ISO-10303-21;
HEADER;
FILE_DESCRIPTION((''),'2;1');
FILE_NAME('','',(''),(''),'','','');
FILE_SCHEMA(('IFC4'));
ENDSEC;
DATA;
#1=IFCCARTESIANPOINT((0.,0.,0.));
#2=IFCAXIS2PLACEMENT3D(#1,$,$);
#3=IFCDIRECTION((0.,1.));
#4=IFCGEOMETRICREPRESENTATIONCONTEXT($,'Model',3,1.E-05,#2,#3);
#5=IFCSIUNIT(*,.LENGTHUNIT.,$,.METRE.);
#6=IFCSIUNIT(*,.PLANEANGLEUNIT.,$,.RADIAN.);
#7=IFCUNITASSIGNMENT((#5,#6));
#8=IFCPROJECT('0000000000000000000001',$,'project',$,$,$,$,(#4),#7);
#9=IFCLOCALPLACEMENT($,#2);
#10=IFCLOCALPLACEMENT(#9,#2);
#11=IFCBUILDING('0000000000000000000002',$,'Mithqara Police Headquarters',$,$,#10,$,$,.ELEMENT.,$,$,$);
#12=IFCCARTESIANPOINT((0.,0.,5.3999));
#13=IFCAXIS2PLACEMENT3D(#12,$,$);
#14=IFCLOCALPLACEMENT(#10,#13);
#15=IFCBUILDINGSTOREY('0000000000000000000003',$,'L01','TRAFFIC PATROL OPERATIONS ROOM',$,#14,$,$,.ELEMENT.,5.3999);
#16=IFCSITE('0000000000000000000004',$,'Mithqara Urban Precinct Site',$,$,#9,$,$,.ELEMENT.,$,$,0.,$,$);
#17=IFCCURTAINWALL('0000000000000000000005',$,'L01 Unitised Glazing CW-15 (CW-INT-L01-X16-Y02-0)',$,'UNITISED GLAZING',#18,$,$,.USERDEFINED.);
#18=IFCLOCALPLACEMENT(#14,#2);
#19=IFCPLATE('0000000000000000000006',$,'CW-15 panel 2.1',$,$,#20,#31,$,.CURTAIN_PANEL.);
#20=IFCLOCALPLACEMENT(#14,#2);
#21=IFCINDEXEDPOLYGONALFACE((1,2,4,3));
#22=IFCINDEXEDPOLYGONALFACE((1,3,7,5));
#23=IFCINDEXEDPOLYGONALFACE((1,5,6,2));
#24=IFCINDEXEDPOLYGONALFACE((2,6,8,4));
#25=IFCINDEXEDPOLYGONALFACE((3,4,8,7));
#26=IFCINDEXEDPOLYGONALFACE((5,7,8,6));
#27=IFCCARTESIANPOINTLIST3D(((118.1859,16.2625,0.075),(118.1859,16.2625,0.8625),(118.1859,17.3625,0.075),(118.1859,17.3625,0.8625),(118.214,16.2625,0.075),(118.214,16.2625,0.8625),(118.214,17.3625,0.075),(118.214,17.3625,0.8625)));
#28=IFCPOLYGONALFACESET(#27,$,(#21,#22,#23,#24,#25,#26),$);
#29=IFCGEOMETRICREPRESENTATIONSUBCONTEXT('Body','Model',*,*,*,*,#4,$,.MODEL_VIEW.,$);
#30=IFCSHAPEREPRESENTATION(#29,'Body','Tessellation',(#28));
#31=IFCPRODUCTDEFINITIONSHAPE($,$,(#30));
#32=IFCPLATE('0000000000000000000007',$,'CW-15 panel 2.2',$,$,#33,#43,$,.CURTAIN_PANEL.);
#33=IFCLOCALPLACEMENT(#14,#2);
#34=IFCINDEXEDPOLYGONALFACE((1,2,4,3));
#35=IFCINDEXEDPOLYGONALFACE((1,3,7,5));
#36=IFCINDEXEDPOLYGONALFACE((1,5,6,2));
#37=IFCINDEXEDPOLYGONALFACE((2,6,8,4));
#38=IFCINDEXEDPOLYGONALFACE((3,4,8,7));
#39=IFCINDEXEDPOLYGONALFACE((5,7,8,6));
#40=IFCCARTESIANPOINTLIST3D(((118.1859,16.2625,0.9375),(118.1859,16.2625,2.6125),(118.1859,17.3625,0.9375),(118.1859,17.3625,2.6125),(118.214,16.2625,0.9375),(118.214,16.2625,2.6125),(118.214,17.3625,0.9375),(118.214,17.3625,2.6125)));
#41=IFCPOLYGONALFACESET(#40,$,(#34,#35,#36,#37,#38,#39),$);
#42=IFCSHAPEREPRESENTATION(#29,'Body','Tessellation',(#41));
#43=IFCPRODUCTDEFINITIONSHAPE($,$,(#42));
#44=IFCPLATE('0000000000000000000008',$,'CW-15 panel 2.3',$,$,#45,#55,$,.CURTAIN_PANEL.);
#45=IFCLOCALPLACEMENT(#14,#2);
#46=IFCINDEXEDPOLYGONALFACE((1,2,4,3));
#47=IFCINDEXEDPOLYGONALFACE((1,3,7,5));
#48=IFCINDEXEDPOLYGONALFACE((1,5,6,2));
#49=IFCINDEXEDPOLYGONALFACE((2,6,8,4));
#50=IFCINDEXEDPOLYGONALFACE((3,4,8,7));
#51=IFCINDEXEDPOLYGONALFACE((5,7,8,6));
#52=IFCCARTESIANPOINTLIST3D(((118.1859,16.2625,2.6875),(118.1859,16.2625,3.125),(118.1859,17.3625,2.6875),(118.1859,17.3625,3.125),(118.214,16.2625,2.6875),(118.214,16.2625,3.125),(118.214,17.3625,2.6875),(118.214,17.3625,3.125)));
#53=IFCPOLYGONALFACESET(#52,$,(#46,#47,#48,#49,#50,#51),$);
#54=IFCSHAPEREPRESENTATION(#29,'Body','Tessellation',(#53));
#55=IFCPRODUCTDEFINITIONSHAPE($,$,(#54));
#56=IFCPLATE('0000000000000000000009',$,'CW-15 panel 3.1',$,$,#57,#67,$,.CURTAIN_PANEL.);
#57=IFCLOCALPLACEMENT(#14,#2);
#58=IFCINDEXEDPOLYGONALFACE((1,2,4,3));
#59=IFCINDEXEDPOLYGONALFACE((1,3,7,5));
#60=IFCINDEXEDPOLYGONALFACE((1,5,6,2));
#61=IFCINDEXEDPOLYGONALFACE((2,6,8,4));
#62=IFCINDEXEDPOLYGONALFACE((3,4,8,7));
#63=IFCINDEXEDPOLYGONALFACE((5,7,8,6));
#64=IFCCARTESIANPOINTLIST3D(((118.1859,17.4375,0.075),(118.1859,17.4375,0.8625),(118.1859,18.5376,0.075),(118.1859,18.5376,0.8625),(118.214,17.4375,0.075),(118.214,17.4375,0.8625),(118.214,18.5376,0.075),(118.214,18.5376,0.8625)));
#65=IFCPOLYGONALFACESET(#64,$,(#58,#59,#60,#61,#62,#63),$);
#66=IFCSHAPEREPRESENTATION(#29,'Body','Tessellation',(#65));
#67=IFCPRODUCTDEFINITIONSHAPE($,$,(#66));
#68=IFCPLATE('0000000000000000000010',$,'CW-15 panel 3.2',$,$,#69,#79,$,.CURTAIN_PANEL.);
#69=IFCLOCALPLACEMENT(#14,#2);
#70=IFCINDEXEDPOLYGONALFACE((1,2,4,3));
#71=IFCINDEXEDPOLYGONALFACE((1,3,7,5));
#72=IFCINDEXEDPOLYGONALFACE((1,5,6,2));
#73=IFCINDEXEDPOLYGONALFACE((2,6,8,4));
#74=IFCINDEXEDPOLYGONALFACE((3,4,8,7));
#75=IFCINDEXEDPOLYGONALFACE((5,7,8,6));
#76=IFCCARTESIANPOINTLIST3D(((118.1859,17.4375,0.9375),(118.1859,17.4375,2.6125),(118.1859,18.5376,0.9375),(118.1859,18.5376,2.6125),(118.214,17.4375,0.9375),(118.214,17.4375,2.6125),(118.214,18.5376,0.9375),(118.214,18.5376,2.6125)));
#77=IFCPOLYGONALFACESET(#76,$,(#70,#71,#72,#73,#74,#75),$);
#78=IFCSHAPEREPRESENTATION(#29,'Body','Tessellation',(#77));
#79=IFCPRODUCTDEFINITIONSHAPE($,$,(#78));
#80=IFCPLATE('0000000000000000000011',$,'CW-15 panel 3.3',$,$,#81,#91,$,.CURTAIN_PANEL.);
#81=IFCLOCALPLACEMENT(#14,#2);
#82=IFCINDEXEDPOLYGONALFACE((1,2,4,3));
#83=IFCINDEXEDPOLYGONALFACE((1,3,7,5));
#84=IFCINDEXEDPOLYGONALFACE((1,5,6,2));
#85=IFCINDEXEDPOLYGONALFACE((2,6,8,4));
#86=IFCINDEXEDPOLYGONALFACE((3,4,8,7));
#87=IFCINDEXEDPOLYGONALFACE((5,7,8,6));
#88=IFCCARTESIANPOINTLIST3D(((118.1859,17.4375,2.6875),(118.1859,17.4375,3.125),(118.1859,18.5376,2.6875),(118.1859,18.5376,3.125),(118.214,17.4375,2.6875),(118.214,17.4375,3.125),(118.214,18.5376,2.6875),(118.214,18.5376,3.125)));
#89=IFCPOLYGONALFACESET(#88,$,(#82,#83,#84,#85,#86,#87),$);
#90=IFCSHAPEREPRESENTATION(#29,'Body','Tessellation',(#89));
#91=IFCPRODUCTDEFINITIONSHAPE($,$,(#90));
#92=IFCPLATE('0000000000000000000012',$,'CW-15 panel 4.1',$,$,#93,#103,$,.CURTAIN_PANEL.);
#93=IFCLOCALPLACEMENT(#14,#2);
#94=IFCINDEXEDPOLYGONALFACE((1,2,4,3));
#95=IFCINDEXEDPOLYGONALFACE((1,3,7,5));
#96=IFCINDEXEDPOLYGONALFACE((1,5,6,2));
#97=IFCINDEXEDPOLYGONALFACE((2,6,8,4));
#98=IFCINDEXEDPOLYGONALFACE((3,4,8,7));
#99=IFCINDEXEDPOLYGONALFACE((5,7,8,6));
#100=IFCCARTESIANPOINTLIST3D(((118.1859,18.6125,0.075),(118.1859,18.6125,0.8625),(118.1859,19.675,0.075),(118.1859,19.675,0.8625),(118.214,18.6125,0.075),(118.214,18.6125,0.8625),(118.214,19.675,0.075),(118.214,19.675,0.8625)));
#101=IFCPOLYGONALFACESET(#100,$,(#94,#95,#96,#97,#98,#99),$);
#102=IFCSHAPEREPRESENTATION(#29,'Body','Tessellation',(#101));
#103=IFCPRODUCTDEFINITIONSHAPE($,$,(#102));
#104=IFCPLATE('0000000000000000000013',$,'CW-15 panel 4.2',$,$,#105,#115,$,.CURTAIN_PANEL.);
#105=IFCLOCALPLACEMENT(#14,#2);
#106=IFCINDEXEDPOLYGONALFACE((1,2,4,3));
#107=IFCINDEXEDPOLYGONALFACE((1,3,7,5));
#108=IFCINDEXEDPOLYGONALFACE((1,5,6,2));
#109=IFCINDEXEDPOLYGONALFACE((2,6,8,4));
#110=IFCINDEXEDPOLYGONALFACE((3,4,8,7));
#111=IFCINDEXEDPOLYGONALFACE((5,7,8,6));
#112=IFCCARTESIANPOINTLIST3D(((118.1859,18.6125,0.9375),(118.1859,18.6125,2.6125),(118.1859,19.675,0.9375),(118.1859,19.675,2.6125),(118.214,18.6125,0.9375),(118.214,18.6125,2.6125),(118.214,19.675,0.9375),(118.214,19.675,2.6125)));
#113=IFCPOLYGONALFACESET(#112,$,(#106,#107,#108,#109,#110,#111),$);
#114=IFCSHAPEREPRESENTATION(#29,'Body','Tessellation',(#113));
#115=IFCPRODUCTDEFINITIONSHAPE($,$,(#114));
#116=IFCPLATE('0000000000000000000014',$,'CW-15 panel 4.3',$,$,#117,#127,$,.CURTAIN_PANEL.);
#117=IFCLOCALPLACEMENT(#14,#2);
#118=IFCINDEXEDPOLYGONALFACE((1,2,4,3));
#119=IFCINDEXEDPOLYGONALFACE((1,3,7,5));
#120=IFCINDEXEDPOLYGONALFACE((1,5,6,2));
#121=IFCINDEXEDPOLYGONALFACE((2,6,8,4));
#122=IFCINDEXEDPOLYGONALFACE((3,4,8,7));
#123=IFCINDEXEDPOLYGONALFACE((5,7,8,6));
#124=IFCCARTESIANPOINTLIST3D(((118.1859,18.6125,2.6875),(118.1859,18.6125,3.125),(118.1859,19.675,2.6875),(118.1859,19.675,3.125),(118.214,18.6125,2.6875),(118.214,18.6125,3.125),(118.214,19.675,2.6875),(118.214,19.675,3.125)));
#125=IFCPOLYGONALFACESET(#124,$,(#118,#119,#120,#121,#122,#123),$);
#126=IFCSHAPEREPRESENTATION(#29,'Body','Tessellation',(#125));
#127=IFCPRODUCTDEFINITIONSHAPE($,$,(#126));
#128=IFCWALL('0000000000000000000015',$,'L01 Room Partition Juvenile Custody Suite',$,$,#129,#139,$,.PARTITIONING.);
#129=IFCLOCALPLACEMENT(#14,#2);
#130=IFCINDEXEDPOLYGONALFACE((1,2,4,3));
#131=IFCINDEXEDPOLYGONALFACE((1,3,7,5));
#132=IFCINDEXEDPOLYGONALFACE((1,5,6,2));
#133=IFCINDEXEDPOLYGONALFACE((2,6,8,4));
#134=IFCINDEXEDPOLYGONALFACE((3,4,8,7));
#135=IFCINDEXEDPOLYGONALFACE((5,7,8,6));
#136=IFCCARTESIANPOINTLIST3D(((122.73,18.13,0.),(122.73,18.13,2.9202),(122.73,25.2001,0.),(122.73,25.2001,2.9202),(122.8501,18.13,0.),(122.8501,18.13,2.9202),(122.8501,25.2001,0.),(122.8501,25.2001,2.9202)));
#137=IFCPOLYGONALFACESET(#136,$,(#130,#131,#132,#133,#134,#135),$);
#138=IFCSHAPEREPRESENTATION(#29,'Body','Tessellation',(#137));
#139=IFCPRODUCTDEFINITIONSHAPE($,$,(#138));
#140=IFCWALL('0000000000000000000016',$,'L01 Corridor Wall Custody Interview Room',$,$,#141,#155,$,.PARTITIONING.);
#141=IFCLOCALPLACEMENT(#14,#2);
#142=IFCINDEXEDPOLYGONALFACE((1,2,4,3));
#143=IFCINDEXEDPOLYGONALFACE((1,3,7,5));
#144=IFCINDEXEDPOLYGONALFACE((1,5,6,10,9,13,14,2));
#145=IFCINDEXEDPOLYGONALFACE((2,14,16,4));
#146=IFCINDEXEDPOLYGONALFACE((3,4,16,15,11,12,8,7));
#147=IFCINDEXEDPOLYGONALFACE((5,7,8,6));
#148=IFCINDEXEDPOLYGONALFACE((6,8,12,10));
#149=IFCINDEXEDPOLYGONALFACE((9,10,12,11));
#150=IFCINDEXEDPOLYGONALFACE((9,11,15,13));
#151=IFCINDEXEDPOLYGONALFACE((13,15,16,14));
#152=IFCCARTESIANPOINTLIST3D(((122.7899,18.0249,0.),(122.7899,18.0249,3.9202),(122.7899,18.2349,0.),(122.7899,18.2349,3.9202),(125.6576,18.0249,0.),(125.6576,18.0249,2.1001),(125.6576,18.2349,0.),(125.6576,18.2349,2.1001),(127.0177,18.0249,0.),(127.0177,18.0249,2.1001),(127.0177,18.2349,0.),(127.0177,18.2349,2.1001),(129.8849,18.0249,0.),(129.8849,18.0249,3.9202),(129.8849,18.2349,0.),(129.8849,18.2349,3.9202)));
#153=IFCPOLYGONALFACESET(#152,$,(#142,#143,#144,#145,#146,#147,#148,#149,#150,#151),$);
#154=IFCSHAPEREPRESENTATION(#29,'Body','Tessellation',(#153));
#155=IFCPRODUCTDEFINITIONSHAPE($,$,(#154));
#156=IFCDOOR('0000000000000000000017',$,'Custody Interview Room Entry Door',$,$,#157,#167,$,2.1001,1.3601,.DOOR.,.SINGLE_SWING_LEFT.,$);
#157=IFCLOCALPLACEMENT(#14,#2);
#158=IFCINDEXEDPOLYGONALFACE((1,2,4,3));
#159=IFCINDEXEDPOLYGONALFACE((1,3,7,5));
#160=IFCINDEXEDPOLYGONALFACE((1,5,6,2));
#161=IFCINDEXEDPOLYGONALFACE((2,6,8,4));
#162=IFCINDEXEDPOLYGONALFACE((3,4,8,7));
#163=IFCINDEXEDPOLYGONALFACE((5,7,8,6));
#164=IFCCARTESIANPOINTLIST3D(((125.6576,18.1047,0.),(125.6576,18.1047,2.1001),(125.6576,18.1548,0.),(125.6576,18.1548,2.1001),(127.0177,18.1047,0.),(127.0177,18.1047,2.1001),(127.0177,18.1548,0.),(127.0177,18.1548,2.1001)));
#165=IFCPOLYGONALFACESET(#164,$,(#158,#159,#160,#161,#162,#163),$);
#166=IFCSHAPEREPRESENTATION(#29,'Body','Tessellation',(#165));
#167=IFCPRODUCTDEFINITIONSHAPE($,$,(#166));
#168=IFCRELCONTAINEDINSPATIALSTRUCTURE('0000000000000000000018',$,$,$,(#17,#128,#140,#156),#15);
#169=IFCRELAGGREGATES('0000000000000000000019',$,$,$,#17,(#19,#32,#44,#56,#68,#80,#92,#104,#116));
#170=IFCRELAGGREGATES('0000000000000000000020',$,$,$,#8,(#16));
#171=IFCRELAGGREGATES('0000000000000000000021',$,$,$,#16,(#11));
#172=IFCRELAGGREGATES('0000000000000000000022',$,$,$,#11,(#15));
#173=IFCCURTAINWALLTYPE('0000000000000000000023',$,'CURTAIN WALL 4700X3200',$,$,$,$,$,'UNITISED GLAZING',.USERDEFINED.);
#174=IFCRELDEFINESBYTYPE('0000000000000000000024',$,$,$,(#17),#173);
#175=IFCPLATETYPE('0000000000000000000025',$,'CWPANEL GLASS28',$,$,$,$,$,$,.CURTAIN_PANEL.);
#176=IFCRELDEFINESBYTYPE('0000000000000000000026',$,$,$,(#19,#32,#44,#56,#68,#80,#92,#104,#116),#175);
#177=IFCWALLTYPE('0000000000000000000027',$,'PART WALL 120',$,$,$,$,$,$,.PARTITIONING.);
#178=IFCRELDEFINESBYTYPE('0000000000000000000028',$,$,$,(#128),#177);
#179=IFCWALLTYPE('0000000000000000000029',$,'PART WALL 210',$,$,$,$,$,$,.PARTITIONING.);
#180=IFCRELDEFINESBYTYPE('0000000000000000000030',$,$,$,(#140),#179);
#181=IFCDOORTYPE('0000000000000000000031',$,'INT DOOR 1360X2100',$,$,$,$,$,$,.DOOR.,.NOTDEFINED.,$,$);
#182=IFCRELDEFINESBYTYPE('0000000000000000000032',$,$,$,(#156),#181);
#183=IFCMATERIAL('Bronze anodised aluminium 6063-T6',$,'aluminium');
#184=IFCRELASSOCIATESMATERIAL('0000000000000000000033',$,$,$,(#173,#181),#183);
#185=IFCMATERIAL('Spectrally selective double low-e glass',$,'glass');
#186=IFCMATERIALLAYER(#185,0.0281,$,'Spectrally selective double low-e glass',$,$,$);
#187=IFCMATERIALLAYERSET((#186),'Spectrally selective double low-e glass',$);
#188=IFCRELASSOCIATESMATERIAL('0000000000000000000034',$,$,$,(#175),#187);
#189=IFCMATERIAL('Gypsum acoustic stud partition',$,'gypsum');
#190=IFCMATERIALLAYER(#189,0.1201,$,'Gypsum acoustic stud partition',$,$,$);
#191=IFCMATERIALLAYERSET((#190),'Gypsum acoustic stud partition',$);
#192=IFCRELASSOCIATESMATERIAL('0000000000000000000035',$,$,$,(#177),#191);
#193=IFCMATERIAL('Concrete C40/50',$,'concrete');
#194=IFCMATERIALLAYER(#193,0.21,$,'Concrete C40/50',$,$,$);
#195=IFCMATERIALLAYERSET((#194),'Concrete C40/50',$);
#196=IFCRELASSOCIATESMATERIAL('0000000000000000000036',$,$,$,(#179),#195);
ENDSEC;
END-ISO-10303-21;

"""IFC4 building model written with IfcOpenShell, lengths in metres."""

from ifc_helpers import new_model, si_unit, direction, frame, frame_2d, origin, origin_2d, place, context, subcontext, project, spatial, rectangle, extrude, material, layer, layer_set, type_object, element, fill, aggregate, save


model = new_model("IFC4")

# Units and contexts
model_context = context("Model", 3, precision=1e-05, world=origin(), true_north=direction((0.0, 1.0)))
body_context = subcontext(model_context, "Body", "Model", "MODEL_VIEW")
ifc_project = project(units=[si_unit("LENGTHUNIT", "METRE"), si_unit("PLANEANGLEUNIT", "RADIAN")], contexts=[model_context])

# Site, building, storey
site_placement = place(None, origin())
site = spatial("IfcSite", under=ifc_project, at=site_placement, Name="Mithqara Urban Precinct Site", CompositionType="ELEMENT", RefElevation=0.0)
building_placement = place(site_placement, origin())
building = spatial("IfcBuilding", under=site, at=building_placement, Name="Mithqara Police Headquarters", CompositionType="ELEMENT")
storey_placement = place(building_placement, frame((0.0, 0.0, 5.3999)))
storey = spatial("IfcBuildingStorey", under=building, at=storey_placement, Name="L01", Description="TRAFFIC PATROL OPERATIONS ROOM", CompositionType="ELEMENT", Elevation=5.3999)

# Curtain wall, plates
ifc_material_1 = material(Name="Bronze anodised aluminium 6063-T6", Category="aluminium")
curtain_wall_type = type_object("IfcCurtainWallType", Name="CURTAIN WALL 4700X3200", ElementType="UNITISED GLAZING", PredefinedType="USERDEFINED", material=ifc_material_1)
curtain_wall_placement = place(storey_placement, origin())
curtain_wall = element("IfcCurtainWall", 1, at=curtain_wall_placement, inside=storey, type_object=curtain_wall_type, Name="L01 Unitised Glazing CW-15 (CW-INT-L01-X16-Y02-0)", ObjectType="UNITISED GLAZING", PredefinedType="USERDEFINED")
ifc_material_2 = material(Name="Spectrally selective double low-e glass", Category="glass")
ifc_layer_1 = layer(ifc_material_2, 0.0281, Name="Spectrally selective double low-e glass")
ifc_layer_set_1 = layer_set([ifc_layer_1], Name="Spectrally selective double low-e glass")
plate_type = type_object("IfcPlateType", Name="CWPANEL GLASS28", PredefinedType="CURTAIN_PANEL", material=ifc_layer_set_1)
plate_1_placement = place(storey_placement, frame((118.2, 16.8125, 0.075), z_axis=(0.0, 0.0, 1.0), x_axis=(0.0, 1.0, 0.0)))
plate_1 = element("IfcPlate", 2, at=plate_1_placement, type_object=plate_type, Name="CW-15 panel 2.1", PredefinedType="CURTAIN_PANEL", context=body_context, shape_type="SweptSolid", body=[
    extrude(rectangle(XDim=1.1001, YDim=0.0281, at=origin_2d()), origin(), (0.0, 0.0, 1.0), 0.7876),
])
plate_2_placement = place(storey_placement, frame((118.2, 16.8125, 0.9375), z_axis=(0.0, 0.0, 1.0), x_axis=(0.0, 1.0, 0.0)))
plate_2 = element("IfcPlate", 3, at=plate_2_placement, type_object=plate_type, Name="CW-15 panel 2.2", PredefinedType="CURTAIN_PANEL", context=body_context, shape_type="SweptSolid", body=[
    extrude(rectangle(XDim=1.1001, YDim=0.0281, at=origin_2d()), origin(), (0.0, 0.0, 1.0), 1.675),
])
plate_3_placement = place(storey_placement, frame((118.2, 16.8125, 2.6875), z_axis=(0.0, 0.0, 1.0), x_axis=(0.0, 1.0, 0.0)))
plate_3 = element("IfcPlate", 4, at=plate_3_placement, type_object=plate_type, Name="CW-15 panel 2.3", PredefinedType="CURTAIN_PANEL", context=body_context, shape_type="SweptSolid", body=[
    extrude(rectangle(XDim=1.1001, YDim=0.0281, at=origin_2d()), origin(), (0.0, 0.0, 1.0), 0.4375),
])
plate_4_placement = place(storey_placement, frame((118.2, 17.9875, 0.075), z_axis=(0.0, 0.0, 1.0), x_axis=(0.0, 1.0, 0.0)))
plate_4 = element("IfcPlate", 5, at=plate_4_placement, type_object=plate_type, Name="CW-15 panel 3.1", PredefinedType="CURTAIN_PANEL", context=body_context, shape_type="SweptSolid", body=[
    extrude(rectangle(XDim=1.1001, YDim=0.0281, at=origin_2d()), origin(), (0.0, 0.0, 1.0), 0.7876),
])
plate_5_placement = place(storey_placement, frame((118.2, 17.9875, 0.9375), z_axis=(0.0, 0.0, 1.0), x_axis=(0.0, 1.0, 0.0)))
plate_5 = element("IfcPlate", 6, at=plate_5_placement, type_object=plate_type, Name="CW-15 panel 3.2", PredefinedType="CURTAIN_PANEL", context=body_context, shape_type="SweptSolid", body=[
    extrude(rectangle(XDim=1.1001, YDim=0.0281, at=origin_2d()), origin(), (0.0, 0.0, 1.0), 1.675),
])
plate_6_placement = place(storey_placement, frame((118.2, 17.9875, 2.6875), z_axis=(0.0, 0.0, 1.0), x_axis=(0.0, 1.0, 0.0)))
plate_6 = element("IfcPlate", 7, at=plate_6_placement, type_object=plate_type, Name="CW-15 panel 3.3", PredefinedType="CURTAIN_PANEL", context=body_context, shape_type="SweptSolid", body=[
    extrude(rectangle(XDim=1.1001, YDim=0.0281, at=origin_2d()), origin(), (0.0, 0.0, 1.0), 0.4375),
])
plate_7_placement = place(storey_placement, frame((118.2, 19.1438, 0.075), z_axis=(0.0, 0.0, 1.0), x_axis=(0.0, 1.0, 0.0)))
plate_7 = element("IfcPlate", 8, at=plate_7_placement, type_object=plate_type, Name="CW-15 panel 4.1", PredefinedType="CURTAIN_PANEL", context=body_context, shape_type="SweptSolid", body=[
    extrude(rectangle(XDim=1.0625, YDim=0.0281, at=origin_2d()), origin(), (0.0, 0.0, 1.0), 0.7876),
])
plate_8_placement = place(storey_placement, frame((118.2, 19.1438, 0.9375), z_axis=(0.0, 0.0, 1.0), x_axis=(0.0, 1.0, 0.0)))
plate_8 = element("IfcPlate", 9, at=plate_8_placement, type_object=plate_type, Name="CW-15 panel 4.2", PredefinedType="CURTAIN_PANEL", context=body_context, shape_type="SweptSolid", body=[
    extrude(rectangle(XDim=1.0625, YDim=0.0281, at=origin_2d()), origin(), (0.0, 0.0, 1.0), 1.675),
])
plate_9_placement = place(storey_placement, frame((118.2, 19.1438, 2.6875), z_axis=(0.0, 0.0, 1.0), x_axis=(0.0, 1.0, 0.0)))
plate_9 = element("IfcPlate", 10, at=plate_9_placement, type_object=plate_type, Name="CW-15 panel 4.3", PredefinedType="CURTAIN_PANEL", context=body_context, shape_type="SweptSolid", body=[
    extrude(rectangle(XDim=1.0625, YDim=0.0281, at=origin_2d()), origin(), (0.0, 0.0, 1.0), 0.4375),
])
aggregate(curtain_wall, [plate_1, plate_2, plate_3, plate_4, plate_5, plate_6, plate_7, plate_8, plate_9])

# Wall
ifc_material_3 = material(Name="Gypsum acoustic stud partition", Category="gypsum")
ifc_layer_2 = layer(ifc_material_3, 0.1201, Name="Gypsum acoustic stud partition")
ifc_layer_set_2 = layer_set([ifc_layer_2], Name="Gypsum acoustic stud partition")
wall_type_1 = type_object("IfcWallType", Name="PART WALL 120", PredefinedType="PARTITIONING", material=ifc_layer_set_2)
wall_1_placement = place(storey_placement, frame((122.79, 18.1299, 0.0), z_axis=(0.0, 0.0, 1.0), x_axis=(0.0, 1.0, 0.0)))
element("IfcWall", 11, at=wall_1_placement, inside=storey, type_object=wall_type_1, Name="L01 Room Partition Juvenile Custody Suite", PredefinedType="PARTITIONING", context=body_context, shape_type="SweptSolid", body=[
    extrude(rectangle(XDim=7.0701, YDim=0.1201, at=frame_2d((3.5352, 0.0))), origin(), (0.0, 0.0, 1.0), 2.9202),
])

# Wall, opening, door
ifc_material_4 = material(Name="Concrete C40/50", Category="concrete")
ifc_layer_3 = layer(ifc_material_4, 0.21, Name="Concrete C40/50")
ifc_layer_set_3 = layer_set([ifc_layer_3], Name="Concrete C40/50")
wall_type_2 = type_object("IfcWallType", Name="PART WALL 210", PredefinedType="PARTITIONING", material=ifc_layer_set_3)
wall_2_placement = place(storey_placement, frame((122.79, 18.1299, 0.0), z_axis=(0.0, 0.0, 1.0), x_axis=(1.0, 0.0, 0.0)))
wall_2 = element("IfcWall", 12, at=wall_2_placement, inside=storey, type_object=wall_type_2, Name="L01 Corridor Wall Custody Interview Room", PredefinedType="PARTITIONING", context=body_context, shape_type="SweptSolid", body=[
    extrude(rectangle(XDim=7.095, YDim=0.21, at=frame_2d((3.5474, 0.0))), origin(), (0.0, 0.0, 1.0), 3.9202),
])
opening_placement = place(wall_2_placement, frame((2.8674, 0.0, 0.0)))
opening = element("IfcOpeningElement", 13, at=opening_placement, cuts=wall_2, PredefinedType="OPENING", context=body_context, shape_type="SweptSolid", body=[
    extrude(rectangle(XDim=1.3601, YDim=2.1001, at=frame_2d((0.6802, 1.05))), frame((0.0, 0.115, 0.0), z_axis=(0.0, -1.0, 0.0), x_axis=(1.0, 0.0, 0.0)), (0.0, 0.0, 1.0), 0.23),
])
door_type = type_object("IfcDoorType", Name="INT DOOR 1360X2100", OperationType="NOTDEFINED", PredefinedType="DOOR", material=ifc_material_1)
door_placement = place(opening_placement, origin())
door = element("IfcDoor", 14, at=door_placement, inside=storey, type_object=door_type, Name="Custody Interview Room Entry Door", OperationType="SINGLE_SWING_LEFT", OverallHeight=2.1001, OverallWidth=1.3601, PredefinedType="DOOR", context=body_context, shape_type="SweptSolid", body=[
    extrude(rectangle(XDim=1.3601, YDim=2.1001, at=frame_2d((0.6802, 1.05))), frame((0.0, 0.0249, 0.0), z_axis=(0.0, -1.0, 0.0), x_axis=(1.0, 0.0, 0.0)), (0.0, 0.0, 1.0), 0.05),
])
fill(opening, door)

save(model, "model.ifc")
